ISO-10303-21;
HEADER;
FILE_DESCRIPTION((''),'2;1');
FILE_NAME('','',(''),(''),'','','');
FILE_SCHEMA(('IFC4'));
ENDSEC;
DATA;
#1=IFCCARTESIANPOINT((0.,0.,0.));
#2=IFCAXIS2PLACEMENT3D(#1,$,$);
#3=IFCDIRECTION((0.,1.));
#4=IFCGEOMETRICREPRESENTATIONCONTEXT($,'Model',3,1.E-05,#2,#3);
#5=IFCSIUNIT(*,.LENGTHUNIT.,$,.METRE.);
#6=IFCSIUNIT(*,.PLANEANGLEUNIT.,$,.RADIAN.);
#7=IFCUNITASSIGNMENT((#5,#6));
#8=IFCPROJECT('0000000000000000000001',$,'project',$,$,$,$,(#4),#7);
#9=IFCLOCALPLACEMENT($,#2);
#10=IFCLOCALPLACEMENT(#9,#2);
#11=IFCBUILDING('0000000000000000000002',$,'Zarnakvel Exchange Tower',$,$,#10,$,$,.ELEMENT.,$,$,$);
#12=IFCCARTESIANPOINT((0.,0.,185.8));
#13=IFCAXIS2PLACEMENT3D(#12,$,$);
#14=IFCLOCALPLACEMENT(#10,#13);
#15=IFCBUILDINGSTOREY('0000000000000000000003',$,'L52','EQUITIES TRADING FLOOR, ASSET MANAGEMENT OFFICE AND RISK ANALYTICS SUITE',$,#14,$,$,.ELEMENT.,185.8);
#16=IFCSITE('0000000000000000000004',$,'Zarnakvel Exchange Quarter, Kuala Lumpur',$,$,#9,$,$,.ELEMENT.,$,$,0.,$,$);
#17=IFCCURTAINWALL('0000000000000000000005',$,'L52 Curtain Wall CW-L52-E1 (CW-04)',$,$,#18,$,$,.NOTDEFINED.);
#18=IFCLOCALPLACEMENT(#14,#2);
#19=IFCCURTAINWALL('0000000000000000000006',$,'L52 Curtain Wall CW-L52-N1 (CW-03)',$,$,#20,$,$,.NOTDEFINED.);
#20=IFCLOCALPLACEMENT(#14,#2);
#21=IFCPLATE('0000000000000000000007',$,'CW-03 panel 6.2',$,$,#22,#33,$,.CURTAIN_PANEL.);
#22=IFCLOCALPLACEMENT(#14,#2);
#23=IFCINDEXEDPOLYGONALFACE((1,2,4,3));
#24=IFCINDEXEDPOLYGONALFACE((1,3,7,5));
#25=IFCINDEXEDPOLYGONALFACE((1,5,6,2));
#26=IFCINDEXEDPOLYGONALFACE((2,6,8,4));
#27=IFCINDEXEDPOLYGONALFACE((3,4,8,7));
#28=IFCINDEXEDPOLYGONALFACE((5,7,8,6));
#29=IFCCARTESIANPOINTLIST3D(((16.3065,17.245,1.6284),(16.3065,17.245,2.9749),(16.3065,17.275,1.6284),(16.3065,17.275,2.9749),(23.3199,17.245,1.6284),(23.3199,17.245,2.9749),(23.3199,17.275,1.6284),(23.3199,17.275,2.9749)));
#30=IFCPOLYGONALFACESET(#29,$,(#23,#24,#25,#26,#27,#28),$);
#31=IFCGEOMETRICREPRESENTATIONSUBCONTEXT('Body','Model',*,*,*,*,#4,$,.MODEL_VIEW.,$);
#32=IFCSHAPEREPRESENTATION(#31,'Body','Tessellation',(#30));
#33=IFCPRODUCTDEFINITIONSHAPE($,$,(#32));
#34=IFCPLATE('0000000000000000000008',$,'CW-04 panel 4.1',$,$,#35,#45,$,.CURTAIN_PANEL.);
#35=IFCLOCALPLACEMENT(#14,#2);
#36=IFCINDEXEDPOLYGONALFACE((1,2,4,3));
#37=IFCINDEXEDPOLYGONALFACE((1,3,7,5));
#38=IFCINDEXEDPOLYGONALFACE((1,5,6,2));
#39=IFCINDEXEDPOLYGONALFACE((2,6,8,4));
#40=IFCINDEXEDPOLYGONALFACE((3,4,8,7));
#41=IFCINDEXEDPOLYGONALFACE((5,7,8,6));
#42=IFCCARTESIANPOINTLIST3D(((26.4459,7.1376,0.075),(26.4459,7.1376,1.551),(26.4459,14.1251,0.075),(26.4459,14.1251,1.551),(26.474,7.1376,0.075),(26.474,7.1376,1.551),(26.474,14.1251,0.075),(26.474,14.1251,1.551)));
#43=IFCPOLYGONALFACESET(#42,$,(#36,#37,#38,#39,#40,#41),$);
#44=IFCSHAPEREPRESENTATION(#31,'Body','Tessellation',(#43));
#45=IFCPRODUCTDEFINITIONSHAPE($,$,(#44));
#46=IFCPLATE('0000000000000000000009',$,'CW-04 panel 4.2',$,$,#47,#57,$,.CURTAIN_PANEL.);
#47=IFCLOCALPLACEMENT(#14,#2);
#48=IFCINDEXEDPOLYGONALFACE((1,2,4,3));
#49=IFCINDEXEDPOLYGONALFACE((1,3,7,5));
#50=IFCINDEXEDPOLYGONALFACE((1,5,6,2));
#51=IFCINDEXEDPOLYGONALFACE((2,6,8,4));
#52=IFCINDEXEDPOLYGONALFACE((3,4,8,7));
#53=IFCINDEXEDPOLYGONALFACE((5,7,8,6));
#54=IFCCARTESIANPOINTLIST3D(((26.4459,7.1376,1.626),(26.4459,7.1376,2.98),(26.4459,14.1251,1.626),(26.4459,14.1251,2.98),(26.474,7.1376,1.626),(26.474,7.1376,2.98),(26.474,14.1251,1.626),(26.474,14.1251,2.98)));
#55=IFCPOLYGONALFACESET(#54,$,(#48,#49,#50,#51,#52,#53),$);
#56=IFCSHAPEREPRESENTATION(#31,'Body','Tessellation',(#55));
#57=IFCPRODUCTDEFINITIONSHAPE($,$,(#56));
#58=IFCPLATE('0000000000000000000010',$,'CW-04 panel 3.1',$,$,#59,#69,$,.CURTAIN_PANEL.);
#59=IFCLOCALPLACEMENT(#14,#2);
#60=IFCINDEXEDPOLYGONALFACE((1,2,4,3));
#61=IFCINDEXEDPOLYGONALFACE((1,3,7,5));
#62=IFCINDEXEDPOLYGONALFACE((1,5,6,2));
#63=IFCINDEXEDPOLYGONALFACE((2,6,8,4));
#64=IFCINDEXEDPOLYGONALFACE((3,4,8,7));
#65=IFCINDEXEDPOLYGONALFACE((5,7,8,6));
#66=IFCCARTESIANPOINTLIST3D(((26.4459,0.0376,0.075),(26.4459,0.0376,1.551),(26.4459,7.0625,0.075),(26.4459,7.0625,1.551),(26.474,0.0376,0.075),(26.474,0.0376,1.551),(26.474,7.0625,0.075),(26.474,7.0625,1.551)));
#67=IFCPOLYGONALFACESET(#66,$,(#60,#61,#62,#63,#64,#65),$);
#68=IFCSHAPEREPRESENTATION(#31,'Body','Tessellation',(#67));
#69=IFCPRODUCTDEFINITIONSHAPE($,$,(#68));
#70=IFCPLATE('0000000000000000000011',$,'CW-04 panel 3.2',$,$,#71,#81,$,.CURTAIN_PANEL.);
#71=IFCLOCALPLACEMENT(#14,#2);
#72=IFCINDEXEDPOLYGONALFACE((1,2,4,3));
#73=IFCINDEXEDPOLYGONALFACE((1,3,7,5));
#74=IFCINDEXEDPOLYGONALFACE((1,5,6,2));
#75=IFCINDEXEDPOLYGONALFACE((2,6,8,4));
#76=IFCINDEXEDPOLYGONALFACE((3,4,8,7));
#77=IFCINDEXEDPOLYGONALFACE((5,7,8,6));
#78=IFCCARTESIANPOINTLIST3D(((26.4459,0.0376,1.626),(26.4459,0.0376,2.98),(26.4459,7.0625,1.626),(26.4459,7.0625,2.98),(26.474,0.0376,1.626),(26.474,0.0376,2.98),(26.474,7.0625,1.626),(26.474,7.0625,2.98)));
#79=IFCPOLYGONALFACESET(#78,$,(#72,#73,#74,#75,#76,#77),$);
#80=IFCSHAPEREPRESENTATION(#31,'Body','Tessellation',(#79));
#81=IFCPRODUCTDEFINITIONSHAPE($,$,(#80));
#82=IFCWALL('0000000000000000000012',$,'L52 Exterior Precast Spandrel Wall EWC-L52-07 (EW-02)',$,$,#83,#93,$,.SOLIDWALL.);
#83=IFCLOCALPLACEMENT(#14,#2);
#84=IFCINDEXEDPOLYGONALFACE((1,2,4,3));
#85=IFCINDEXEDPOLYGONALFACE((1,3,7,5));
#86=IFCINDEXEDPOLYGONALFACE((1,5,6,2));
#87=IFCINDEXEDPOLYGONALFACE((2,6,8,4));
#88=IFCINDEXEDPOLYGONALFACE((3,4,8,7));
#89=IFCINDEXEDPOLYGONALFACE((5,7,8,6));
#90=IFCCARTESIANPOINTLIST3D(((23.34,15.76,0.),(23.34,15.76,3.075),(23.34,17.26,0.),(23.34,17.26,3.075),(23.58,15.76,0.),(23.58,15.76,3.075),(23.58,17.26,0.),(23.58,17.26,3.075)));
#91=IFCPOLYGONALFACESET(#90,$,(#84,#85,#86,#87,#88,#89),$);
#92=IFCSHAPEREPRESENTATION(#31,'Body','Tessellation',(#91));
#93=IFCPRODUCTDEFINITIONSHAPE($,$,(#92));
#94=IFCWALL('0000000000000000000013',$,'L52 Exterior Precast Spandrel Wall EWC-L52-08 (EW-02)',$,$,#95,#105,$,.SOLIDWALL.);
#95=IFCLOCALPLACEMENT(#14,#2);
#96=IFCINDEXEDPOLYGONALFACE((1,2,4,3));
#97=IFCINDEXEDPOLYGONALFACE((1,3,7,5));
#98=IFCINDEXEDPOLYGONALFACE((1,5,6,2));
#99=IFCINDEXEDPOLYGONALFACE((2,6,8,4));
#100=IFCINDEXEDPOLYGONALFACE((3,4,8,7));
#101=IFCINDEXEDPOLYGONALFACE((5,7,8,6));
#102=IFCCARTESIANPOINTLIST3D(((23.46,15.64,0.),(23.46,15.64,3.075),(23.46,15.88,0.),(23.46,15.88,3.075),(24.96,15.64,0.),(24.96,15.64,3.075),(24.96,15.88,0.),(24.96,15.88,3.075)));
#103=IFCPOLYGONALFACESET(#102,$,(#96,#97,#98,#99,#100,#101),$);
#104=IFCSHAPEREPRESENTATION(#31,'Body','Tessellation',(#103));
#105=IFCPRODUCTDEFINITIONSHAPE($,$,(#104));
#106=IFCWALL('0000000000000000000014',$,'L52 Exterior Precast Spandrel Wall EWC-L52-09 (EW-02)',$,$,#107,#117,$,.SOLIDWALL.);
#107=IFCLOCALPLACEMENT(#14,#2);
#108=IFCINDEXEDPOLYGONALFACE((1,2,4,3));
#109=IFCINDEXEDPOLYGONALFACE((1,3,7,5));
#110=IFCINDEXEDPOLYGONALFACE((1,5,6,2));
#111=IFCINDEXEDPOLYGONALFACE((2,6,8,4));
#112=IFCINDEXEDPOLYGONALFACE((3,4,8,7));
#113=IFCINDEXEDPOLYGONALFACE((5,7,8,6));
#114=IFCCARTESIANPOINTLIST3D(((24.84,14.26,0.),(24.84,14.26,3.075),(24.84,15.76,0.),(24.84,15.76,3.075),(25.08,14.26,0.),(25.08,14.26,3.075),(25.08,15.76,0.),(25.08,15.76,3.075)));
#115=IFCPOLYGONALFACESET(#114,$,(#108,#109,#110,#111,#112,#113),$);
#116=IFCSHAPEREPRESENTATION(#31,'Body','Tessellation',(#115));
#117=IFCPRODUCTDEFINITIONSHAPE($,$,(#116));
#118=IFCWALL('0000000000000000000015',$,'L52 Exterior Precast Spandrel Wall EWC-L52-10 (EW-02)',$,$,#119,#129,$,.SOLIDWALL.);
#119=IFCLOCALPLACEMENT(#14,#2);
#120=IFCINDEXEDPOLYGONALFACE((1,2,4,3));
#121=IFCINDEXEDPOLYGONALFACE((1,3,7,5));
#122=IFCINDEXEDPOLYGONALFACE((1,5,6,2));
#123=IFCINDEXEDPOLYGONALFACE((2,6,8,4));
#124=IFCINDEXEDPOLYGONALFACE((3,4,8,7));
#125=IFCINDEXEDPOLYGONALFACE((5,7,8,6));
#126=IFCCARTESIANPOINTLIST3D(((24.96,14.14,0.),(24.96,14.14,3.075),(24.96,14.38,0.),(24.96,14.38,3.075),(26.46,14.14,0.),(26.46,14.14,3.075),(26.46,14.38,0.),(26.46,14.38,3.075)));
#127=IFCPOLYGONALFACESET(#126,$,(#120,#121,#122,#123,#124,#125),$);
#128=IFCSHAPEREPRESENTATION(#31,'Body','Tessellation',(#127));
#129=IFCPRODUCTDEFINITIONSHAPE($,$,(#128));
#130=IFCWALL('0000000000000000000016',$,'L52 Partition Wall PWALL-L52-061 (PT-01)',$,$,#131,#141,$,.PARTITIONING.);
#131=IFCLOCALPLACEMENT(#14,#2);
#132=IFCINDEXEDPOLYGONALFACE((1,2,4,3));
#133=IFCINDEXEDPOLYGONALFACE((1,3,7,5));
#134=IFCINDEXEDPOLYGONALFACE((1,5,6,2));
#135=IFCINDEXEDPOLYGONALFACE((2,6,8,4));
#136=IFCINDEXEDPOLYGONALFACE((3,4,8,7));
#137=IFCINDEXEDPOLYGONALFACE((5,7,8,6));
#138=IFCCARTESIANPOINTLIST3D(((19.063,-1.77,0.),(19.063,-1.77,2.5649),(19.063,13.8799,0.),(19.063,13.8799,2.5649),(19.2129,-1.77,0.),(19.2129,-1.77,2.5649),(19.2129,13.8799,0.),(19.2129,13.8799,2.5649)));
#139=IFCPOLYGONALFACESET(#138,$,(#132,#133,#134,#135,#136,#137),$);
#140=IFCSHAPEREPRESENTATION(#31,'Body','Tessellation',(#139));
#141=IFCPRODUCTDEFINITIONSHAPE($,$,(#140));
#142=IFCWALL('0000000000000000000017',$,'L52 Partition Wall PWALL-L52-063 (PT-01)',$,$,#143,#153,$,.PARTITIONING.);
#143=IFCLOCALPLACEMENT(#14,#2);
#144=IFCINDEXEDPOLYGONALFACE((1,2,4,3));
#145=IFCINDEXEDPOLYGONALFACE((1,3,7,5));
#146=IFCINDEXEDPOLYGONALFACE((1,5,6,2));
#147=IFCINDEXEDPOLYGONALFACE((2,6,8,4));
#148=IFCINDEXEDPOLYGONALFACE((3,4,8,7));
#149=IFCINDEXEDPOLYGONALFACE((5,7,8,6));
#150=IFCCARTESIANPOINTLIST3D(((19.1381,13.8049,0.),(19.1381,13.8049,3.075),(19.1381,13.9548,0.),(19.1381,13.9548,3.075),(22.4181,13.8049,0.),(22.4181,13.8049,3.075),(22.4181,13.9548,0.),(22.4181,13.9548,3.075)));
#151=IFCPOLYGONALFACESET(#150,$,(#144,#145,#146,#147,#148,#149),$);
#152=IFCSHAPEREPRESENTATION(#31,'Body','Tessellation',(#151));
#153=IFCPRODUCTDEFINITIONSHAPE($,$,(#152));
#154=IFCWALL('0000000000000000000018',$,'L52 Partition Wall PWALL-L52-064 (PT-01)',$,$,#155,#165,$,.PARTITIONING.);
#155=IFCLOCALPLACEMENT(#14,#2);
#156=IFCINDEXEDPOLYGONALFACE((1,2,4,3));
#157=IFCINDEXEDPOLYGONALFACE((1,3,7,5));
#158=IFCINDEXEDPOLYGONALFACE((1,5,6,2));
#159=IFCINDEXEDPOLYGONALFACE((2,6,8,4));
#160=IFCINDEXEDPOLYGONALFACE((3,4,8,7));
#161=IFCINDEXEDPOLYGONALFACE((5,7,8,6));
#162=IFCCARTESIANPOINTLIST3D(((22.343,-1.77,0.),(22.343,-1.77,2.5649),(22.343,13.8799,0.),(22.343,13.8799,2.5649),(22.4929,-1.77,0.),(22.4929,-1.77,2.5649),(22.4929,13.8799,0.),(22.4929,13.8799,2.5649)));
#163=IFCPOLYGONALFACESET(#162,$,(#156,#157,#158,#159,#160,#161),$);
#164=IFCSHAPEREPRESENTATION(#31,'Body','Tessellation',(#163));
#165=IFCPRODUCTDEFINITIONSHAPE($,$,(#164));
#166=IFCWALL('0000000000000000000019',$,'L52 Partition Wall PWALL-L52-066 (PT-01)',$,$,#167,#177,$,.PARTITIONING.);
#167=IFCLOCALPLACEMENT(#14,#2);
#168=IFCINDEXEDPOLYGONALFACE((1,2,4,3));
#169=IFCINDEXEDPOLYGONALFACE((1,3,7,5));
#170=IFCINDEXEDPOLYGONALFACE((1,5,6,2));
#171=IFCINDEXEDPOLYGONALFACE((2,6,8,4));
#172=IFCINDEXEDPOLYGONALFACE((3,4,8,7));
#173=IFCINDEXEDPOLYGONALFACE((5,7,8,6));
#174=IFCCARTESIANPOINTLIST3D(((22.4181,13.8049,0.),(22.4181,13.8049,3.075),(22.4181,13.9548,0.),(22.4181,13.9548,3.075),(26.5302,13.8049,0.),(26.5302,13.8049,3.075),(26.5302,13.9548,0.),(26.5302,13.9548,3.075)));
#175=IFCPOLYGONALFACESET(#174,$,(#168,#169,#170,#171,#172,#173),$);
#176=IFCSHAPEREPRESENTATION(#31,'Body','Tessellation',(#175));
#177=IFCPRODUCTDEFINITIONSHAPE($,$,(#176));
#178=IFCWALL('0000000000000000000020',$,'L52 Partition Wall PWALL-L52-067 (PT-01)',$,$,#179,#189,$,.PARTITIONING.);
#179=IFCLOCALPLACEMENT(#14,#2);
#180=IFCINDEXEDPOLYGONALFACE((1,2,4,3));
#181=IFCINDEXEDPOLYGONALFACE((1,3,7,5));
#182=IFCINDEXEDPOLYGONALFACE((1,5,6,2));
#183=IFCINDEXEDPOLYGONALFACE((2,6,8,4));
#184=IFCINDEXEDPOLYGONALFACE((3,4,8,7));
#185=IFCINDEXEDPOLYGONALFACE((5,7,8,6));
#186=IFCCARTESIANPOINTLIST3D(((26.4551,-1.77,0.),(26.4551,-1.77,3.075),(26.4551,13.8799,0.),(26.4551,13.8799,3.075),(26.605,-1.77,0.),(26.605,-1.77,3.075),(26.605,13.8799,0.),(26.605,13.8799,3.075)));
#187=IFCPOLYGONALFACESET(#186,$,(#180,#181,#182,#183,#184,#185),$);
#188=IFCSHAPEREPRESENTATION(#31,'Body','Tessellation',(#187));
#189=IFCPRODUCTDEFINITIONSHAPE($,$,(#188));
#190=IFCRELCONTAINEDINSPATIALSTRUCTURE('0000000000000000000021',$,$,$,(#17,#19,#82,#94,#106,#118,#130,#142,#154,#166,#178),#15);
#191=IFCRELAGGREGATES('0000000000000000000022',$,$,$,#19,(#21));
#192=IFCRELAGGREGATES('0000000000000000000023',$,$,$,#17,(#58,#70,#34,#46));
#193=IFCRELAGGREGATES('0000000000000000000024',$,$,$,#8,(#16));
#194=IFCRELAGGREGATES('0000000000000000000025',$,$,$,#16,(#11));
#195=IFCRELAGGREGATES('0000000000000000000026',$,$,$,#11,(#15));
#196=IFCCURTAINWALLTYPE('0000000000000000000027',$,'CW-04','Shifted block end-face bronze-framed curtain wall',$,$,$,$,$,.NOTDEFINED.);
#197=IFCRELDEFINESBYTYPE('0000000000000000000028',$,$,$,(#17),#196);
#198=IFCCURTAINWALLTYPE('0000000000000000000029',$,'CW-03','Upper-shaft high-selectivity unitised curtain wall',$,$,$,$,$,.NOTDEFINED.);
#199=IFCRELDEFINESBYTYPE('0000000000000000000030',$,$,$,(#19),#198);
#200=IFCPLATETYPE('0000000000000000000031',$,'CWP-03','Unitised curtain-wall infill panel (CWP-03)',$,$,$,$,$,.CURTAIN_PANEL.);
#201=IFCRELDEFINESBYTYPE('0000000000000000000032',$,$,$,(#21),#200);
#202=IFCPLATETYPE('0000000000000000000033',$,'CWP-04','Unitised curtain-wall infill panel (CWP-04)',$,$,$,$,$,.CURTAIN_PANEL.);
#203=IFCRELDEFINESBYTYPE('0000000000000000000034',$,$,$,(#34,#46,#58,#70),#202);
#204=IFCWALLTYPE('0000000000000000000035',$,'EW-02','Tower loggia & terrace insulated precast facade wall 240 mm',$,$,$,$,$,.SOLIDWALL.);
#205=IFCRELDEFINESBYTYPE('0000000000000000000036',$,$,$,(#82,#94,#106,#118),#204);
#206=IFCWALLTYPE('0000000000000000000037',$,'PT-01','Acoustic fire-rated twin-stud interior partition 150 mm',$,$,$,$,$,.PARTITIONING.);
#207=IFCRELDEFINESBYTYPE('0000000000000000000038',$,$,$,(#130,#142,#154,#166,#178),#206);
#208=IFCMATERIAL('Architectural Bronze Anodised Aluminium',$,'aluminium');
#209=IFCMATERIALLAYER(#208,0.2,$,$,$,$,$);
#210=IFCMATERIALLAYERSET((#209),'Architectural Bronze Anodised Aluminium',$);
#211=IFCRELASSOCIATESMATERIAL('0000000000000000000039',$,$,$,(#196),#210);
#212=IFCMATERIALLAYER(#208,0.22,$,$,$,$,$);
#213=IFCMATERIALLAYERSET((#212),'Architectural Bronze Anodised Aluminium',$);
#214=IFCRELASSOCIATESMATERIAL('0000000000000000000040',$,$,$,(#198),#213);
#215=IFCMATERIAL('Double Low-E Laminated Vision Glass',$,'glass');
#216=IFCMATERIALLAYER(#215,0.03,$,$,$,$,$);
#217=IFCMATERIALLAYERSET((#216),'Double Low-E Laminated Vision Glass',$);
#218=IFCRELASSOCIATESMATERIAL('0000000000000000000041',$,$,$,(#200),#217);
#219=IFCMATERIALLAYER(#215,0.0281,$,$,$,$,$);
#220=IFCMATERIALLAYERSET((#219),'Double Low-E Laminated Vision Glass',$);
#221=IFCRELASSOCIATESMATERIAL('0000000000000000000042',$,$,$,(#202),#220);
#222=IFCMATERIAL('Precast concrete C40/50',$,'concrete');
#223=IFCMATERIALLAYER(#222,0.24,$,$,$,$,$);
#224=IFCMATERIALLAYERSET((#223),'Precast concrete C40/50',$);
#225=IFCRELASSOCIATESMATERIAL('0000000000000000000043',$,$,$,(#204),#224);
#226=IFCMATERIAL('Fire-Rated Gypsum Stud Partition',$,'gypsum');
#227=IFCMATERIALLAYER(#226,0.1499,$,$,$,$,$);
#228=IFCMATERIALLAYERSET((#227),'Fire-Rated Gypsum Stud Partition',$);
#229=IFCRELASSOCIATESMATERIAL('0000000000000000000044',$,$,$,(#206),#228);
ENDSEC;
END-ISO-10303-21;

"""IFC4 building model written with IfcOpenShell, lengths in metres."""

from ifc_helpers import new_model, si_unit, direction, frame, frame_2d, origin, origin_2d, place, context, subcontext, project, spatial, rectangle, extrude, source, transform, mapped, material, layer, layer_set, type_object, element, aggregate, save


model = new_model("IFC4")

# Units and contexts
model_context = context("Model", 3, precision=1e-05, world=origin(), true_north=direction((0.0, 1.0)))
body_context = subcontext(model_context, "Body", "Model", "MODEL_VIEW")
ifc_project = project(units=[si_unit("LENGTHUNIT", "METRE"), si_unit("PLANEANGLEUNIT", "RADIAN")], contexts=[model_context])

# Site, building, storey
site_placement = place(None, origin())
site = spatial("IfcSite", under=ifc_project, at=site_placement, Name="Zarnakvel Exchange Quarter, Kuala Lumpur", CompositionType="ELEMENT", RefElevation=0.0)
building_placement = place(site_placement, origin())
building = spatial("IfcBuilding", under=site, at=building_placement, Name="Zarnakvel Exchange Tower", CompositionType="ELEMENT")
storey_placement = place(building_placement, frame((0.0, 0.0, 185.8)))
storey = spatial("IfcBuildingStorey", under=building, at=storey_placement, Name="L52", Description="EQUITIES TRADING FLOOR, ASSET MANAGEMENT OFFICE AND RISK ANALYTICS SUITE", CompositionType="ELEMENT", Elevation=185.8)

# Curtain wall
ifc_material_1 = material(Name="Architectural Bronze Anodised Aluminium", Category="aluminium")
ifc_layer_1 = layer(ifc_material_1, 0.2)
ifc_layer_set_1 = layer_set([ifc_layer_1], Name="Architectural Bronze Anodised Aluminium")
curtain_wall_type_1 = type_object("IfcCurtainWallType", Name="CW-04", Description="Shifted block end-face bronze-framed curtain wall", PredefinedType="NOTDEFINED", material=ifc_layer_set_1)
curtain_wall_1_placement = place(storey_placement, origin())
curtain_wall_1 = element("IfcCurtainWall", 1, at=curtain_wall_1_placement, inside=storey, type_object=curtain_wall_type_1, Name="L52 Curtain Wall CW-L52-E1 (CW-04)", PredefinedType="NOTDEFINED")

# Curtain wall
ifc_layer_2 = layer(ifc_material_1, 0.22)
ifc_layer_set_2 = layer_set([ifc_layer_2], Name="Architectural Bronze Anodised Aluminium")
curtain_wall_type_2 = type_object("IfcCurtainWallType", Name="CW-03", Description="Upper-shaft high-selectivity unitised curtain wall", PredefinedType="NOTDEFINED", material=ifc_layer_set_2)
curtain_wall_2_placement = place(storey_placement, origin())
curtain_wall_2 = element("IfcCurtainWall", 2, at=curtain_wall_2_placement, inside=storey, type_object=curtain_wall_type_2, Name="L52 Curtain Wall CW-L52-N1 (CW-03)", PredefinedType="NOTDEFINED")

# Plates
ifc_material_2 = material(Name="Double Low-E Laminated Vision Glass", Category="glass")
ifc_layer_3 = layer(ifc_material_2, 0.03)
ifc_layer_set_3 = layer_set([ifc_layer_3], Name="Double Low-E Laminated Vision Glass")
plate_type_1 = type_object("IfcPlateType", Name="CWP-03", Description="Unitised curtain-wall infill panel (CWP-03)", PredefinedType="CURTAIN_PANEL", material=ifc_layer_set_3)
shared_shape_1 = source(origin(), body_context, "Body", "SweptSolid", [
    extrude(rectangle(XDim=7.0134, YDim=0.03, at=origin_2d()), origin(), (0.0, 0.0, 1.0), 1.3464),
])
plate_1_placement = place(storey_placement, frame((19.8132, 17.26, 1.6284), z_axis=(0.0, 0.0, 1.0), x_axis=(1.0, 0.0, 0.0)))
plate_1 = element("IfcPlate", 3, at=plate_1_placement, type_object=plate_type_1, Name="CW-03 panel 6.2", PredefinedType="CURTAIN_PANEL", context=body_context, shape_type="MappedRepresentation", body=[
    mapped(shared_shape_1, transform((0.0, 0.0, 0.0), x_axis=(1.0, 0.0, 0.0), y_axis=(0.0, 1.0, 0.0), z_axis=(0.0, 0.0, 1.0), scale=1.0)),
])
aggregate(curtain_wall_2, [plate_1])
ifc_layer_4 = layer(ifc_material_2, 0.0281)
ifc_layer_set_4 = layer_set([ifc_layer_4], Name="Double Low-E Laminated Vision Glass")
plate_type_2 = type_object("IfcPlateType", Name="CWP-04", Description="Unitised curtain-wall infill panel (CWP-04)", PredefinedType="CURTAIN_PANEL", material=ifc_layer_set_4)
shared_shape_2 = source(origin(), body_context, "Body", "SweptSolid", [
    extrude(rectangle(XDim=6.9875, YDim=0.0281, at=origin_2d()), origin(), (0.0, 0.0, 1.0), 1.4761),
])
plate_2_placement = place(storey_placement, frame((26.46, 10.6313, 0.075), z_axis=(0.0, 0.0, 1.0), x_axis=(0.0, 1.0, 0.0)))
plate_2 = element("IfcPlate", 4, at=plate_2_placement, type_object=plate_type_2, Name="CW-04 panel 4.1", PredefinedType="CURTAIN_PANEL", context=body_context, shape_type="MappedRepresentation", body=[
    mapped(shared_shape_2, transform((0.0, 0.0, 0.0), x_axis=(1.0, 0.0, 0.0), y_axis=(0.0, 1.0, 0.0), z_axis=(0.0, 0.0, 1.0), scale=1.0)),
])
shared_shape_3 = source(origin(), body_context, "Body", "SweptSolid", [
    extrude(rectangle(XDim=6.9875, YDim=0.0281, at=origin_2d()), origin(), (0.0, 0.0, 1.0), 1.354),
])
plate_3_placement = place(storey_placement, frame((26.46, 10.6313, 1.626), z_axis=(0.0, 0.0, 1.0), x_axis=(0.0, 1.0, 0.0)))
plate_3 = element("IfcPlate", 5, at=plate_3_placement, type_object=plate_type_2, Name="CW-04 panel 4.2", PredefinedType="CURTAIN_PANEL", context=body_context, shape_type="MappedRepresentation", body=[
    mapped(shared_shape_3, transform((0.0, 0.0, 0.0), x_axis=(1.0, 0.0, 0.0), y_axis=(0.0, 1.0, 0.0), z_axis=(0.0, 0.0, 1.0), scale=1.0)),
])
shared_shape_4 = source(origin(), body_context, "Body", "SweptSolid", [
    extrude(rectangle(XDim=7.0249, YDim=0.0281, at=origin_2d()), origin(), (0.0, 0.0, 1.0), 1.4761),
])
plate_4_placement = place(storey_placement, frame((26.46, 3.55, 0.075), z_axis=(0.0, 0.0, 1.0), x_axis=(0.0, 1.0, 0.0)))
plate_4 = element("IfcPlate", 6, at=plate_4_placement, type_object=plate_type_2, Name="CW-04 panel 3.1", PredefinedType="CURTAIN_PANEL", context=body_context, shape_type="MappedRepresentation", body=[
    mapped(shared_shape_4, transform((0.0, 0.0, 0.0), x_axis=(1.0, 0.0, 0.0), y_axis=(0.0, 1.0, 0.0), z_axis=(0.0, 0.0, 1.0), scale=1.0)),
])
shared_shape_5 = source(origin(), body_context, "Body", "SweptSolid", [
    extrude(rectangle(XDim=7.0249, YDim=0.0281, at=origin_2d()), origin(), (0.0, 0.0, 1.0), 1.354),
])
plate_5_placement = place(storey_placement, frame((26.46, 3.55, 1.626), z_axis=(0.0, 0.0, 1.0), x_axis=(0.0, 1.0, 0.0)))
plate_5 = element("IfcPlate", 7, at=plate_5_placement, type_object=plate_type_2, Name="CW-04 panel 3.2", PredefinedType="CURTAIN_PANEL", context=body_context, shape_type="MappedRepresentation", body=[
    mapped(shared_shape_5, transform((0.0, 0.0, 0.0), x_axis=(1.0, 0.0, 0.0), y_axis=(0.0, 1.0, 0.0), z_axis=(0.0, 0.0, 1.0), scale=1.0)),
])
aggregate(curtain_wall_1, [plate_4, plate_5, plate_2, plate_3])

# Walls
ifc_material_3 = material(Name="Precast concrete C40/50", Category="concrete")
ifc_layer_5 = layer(ifc_material_3, 0.24)
ifc_layer_set_5 = layer_set([ifc_layer_5], Name="Precast concrete C40/50")
wall_type_1 = type_object("IfcWallType", Name="EW-02", Description="Tower loggia & terrace insulated precast facade wall 240 mm", PredefinedType="SOLIDWALL", material=ifc_layer_set_5)
for number, where, z_axis, x_axis, name in (
    (8, (23.46, 15.76, 0.0), (0.0, 0.0, 1.0), (0.0, 1.0, 0.0), "L52 Exterior Precast Spandrel Wall EWC-L52-07 (EW-02)"),
    (9, (24.96, 15.76, 0.0), (0.0, 0.0, 1.0), (-1.0, 0.0, 0.0), "L52 Exterior Precast Spandrel Wall EWC-L52-08 (EW-02)"),
    (10, (24.96, 14.26, 0.0), (0.0, 0.0, 1.0), (0.0, 1.0, 0.0), "L52 Exterior Precast Spandrel Wall EWC-L52-09 (EW-02)"),
    (11, (26.46, 14.26, 0.0), (0.0, 0.0, 1.0), (-1.0, 0.0, 0.0), "L52 Exterior Precast Spandrel Wall EWC-L52-10 (EW-02)"),
):
    element("IfcWall", number, at=place(storey_placement, frame(where, z_axis=z_axis, x_axis=x_axis)), inside=storey, type_object=wall_type_1, Name=name, PredefinedType="SOLIDWALL", context=body_context, shape_type="SweptSolid", body=[
        extrude(rectangle(XDim=1.5, YDim=0.24, at=frame_2d((0.75, 0.0))), origin(), (0.0, 0.0, 1.0), 3.075),
    ])
ifc_material_4 = material(Name="Fire-Rated Gypsum Stud Partition", Category="gypsum")
ifc_layer_6 = layer(ifc_material_4, 0.1499)
ifc_layer_set_6 = layer_set([ifc_layer_6], Name="Fire-Rated Gypsum Stud Partition")
wall_type_2 = type_object("IfcWallType", Name="PT-01", Description="Acoustic fire-rated twin-stud interior partition 150 mm", PredefinedType="PARTITIONING", material=ifc_layer_set_6)
wall_1_placement = place(storey_placement, frame((19.1379, 13.8799, 0.0), z_axis=(0.0, 0.0, 1.0), x_axis=(0.0, -1.0, 0.0)))
element("IfcWall", 12, at=wall_1_placement, inside=storey, type_object=wall_type_2, Name="L52 Partition Wall PWALL-L52-061 (PT-01)", PredefinedType="PARTITIONING", context=body_context, shape_type="SweptSolid", body=[
    extrude(rectangle(XDim=15.6499, YDim=0.1499, at=frame_2d((7.825, 0.0))), origin(), (0.0, 0.0, 1.0), 2.5649),
])
wall_2_placement = place(storey_placement, frame((19.1379, 13.8799, 0.0), z_axis=(0.0, 0.0, 1.0), x_axis=(1.0, 0.0, 0.0)))
element("IfcWall", 13, at=wall_2_placement, inside=storey, type_object=wall_type_2, Name="L52 Partition Wall PWALL-L52-063 (PT-01)", PredefinedType="PARTITIONING", context=body_context, shape_type="SweptSolid", body=[
    extrude(rectangle(XDim=3.28, YDim=0.1499, at=frame_2d((1.6401, 0.0))), origin(), (0.0, 0.0, 1.0), 3.075),
])
wall_3_placement = place(storey_placement, frame((22.418, 13.8799, 0.0), z_axis=(0.0, 0.0, 1.0), x_axis=(0.0, -1.0, 0.0)))
element("IfcWall", 14, at=wall_3_placement, inside=storey, type_object=wall_type_2, Name="L52 Partition Wall PWALL-L52-064 (PT-01)", PredefinedType="PARTITIONING", context=body_context, shape_type="SweptSolid", body=[
    extrude(rectangle(XDim=15.6499, YDim=0.1499, at=frame_2d((7.825, 0.0))), origin(), (0.0, 0.0, 1.0), 2.5649),
])
wall_4_placement = place(storey_placement, frame((22.418, 13.8799, 0.0), z_axis=(0.0, 0.0, 1.0), x_axis=(1.0, 0.0, 0.0)))
element("IfcWall", 15, at=wall_4_placement, inside=storey, type_object=wall_type_2, Name="L52 Partition Wall PWALL-L52-066 (PT-01)", PredefinedType="PARTITIONING", context=body_context, shape_type="SweptSolid", body=[
    extrude(rectangle(XDim=4.1121, YDim=0.1499, at=frame_2d((2.0562, 0.0))), origin(), (0.0, 0.0, 1.0), 3.075),
])
wall_5_placement = place(storey_placement, frame((26.53, 13.8799, 0.0), z_axis=(0.0, 0.0, 1.0), x_axis=(0.0, -1.0, 0.0)))
element("IfcWall", 16, at=wall_5_placement, inside=storey, type_object=wall_type_2, Name="L52 Partition Wall PWALL-L52-067 (PT-01)", PredefinedType="PARTITIONING", context=body_context, shape_type="SweptSolid", body=[
    extrude(rectangle(XDim=15.6499, YDim=0.1499, at=frame_2d((7.825, 0.0))), origin(), (0.0, 0.0, 1.0), 3.075),
])

save(model, "model.ifc")
